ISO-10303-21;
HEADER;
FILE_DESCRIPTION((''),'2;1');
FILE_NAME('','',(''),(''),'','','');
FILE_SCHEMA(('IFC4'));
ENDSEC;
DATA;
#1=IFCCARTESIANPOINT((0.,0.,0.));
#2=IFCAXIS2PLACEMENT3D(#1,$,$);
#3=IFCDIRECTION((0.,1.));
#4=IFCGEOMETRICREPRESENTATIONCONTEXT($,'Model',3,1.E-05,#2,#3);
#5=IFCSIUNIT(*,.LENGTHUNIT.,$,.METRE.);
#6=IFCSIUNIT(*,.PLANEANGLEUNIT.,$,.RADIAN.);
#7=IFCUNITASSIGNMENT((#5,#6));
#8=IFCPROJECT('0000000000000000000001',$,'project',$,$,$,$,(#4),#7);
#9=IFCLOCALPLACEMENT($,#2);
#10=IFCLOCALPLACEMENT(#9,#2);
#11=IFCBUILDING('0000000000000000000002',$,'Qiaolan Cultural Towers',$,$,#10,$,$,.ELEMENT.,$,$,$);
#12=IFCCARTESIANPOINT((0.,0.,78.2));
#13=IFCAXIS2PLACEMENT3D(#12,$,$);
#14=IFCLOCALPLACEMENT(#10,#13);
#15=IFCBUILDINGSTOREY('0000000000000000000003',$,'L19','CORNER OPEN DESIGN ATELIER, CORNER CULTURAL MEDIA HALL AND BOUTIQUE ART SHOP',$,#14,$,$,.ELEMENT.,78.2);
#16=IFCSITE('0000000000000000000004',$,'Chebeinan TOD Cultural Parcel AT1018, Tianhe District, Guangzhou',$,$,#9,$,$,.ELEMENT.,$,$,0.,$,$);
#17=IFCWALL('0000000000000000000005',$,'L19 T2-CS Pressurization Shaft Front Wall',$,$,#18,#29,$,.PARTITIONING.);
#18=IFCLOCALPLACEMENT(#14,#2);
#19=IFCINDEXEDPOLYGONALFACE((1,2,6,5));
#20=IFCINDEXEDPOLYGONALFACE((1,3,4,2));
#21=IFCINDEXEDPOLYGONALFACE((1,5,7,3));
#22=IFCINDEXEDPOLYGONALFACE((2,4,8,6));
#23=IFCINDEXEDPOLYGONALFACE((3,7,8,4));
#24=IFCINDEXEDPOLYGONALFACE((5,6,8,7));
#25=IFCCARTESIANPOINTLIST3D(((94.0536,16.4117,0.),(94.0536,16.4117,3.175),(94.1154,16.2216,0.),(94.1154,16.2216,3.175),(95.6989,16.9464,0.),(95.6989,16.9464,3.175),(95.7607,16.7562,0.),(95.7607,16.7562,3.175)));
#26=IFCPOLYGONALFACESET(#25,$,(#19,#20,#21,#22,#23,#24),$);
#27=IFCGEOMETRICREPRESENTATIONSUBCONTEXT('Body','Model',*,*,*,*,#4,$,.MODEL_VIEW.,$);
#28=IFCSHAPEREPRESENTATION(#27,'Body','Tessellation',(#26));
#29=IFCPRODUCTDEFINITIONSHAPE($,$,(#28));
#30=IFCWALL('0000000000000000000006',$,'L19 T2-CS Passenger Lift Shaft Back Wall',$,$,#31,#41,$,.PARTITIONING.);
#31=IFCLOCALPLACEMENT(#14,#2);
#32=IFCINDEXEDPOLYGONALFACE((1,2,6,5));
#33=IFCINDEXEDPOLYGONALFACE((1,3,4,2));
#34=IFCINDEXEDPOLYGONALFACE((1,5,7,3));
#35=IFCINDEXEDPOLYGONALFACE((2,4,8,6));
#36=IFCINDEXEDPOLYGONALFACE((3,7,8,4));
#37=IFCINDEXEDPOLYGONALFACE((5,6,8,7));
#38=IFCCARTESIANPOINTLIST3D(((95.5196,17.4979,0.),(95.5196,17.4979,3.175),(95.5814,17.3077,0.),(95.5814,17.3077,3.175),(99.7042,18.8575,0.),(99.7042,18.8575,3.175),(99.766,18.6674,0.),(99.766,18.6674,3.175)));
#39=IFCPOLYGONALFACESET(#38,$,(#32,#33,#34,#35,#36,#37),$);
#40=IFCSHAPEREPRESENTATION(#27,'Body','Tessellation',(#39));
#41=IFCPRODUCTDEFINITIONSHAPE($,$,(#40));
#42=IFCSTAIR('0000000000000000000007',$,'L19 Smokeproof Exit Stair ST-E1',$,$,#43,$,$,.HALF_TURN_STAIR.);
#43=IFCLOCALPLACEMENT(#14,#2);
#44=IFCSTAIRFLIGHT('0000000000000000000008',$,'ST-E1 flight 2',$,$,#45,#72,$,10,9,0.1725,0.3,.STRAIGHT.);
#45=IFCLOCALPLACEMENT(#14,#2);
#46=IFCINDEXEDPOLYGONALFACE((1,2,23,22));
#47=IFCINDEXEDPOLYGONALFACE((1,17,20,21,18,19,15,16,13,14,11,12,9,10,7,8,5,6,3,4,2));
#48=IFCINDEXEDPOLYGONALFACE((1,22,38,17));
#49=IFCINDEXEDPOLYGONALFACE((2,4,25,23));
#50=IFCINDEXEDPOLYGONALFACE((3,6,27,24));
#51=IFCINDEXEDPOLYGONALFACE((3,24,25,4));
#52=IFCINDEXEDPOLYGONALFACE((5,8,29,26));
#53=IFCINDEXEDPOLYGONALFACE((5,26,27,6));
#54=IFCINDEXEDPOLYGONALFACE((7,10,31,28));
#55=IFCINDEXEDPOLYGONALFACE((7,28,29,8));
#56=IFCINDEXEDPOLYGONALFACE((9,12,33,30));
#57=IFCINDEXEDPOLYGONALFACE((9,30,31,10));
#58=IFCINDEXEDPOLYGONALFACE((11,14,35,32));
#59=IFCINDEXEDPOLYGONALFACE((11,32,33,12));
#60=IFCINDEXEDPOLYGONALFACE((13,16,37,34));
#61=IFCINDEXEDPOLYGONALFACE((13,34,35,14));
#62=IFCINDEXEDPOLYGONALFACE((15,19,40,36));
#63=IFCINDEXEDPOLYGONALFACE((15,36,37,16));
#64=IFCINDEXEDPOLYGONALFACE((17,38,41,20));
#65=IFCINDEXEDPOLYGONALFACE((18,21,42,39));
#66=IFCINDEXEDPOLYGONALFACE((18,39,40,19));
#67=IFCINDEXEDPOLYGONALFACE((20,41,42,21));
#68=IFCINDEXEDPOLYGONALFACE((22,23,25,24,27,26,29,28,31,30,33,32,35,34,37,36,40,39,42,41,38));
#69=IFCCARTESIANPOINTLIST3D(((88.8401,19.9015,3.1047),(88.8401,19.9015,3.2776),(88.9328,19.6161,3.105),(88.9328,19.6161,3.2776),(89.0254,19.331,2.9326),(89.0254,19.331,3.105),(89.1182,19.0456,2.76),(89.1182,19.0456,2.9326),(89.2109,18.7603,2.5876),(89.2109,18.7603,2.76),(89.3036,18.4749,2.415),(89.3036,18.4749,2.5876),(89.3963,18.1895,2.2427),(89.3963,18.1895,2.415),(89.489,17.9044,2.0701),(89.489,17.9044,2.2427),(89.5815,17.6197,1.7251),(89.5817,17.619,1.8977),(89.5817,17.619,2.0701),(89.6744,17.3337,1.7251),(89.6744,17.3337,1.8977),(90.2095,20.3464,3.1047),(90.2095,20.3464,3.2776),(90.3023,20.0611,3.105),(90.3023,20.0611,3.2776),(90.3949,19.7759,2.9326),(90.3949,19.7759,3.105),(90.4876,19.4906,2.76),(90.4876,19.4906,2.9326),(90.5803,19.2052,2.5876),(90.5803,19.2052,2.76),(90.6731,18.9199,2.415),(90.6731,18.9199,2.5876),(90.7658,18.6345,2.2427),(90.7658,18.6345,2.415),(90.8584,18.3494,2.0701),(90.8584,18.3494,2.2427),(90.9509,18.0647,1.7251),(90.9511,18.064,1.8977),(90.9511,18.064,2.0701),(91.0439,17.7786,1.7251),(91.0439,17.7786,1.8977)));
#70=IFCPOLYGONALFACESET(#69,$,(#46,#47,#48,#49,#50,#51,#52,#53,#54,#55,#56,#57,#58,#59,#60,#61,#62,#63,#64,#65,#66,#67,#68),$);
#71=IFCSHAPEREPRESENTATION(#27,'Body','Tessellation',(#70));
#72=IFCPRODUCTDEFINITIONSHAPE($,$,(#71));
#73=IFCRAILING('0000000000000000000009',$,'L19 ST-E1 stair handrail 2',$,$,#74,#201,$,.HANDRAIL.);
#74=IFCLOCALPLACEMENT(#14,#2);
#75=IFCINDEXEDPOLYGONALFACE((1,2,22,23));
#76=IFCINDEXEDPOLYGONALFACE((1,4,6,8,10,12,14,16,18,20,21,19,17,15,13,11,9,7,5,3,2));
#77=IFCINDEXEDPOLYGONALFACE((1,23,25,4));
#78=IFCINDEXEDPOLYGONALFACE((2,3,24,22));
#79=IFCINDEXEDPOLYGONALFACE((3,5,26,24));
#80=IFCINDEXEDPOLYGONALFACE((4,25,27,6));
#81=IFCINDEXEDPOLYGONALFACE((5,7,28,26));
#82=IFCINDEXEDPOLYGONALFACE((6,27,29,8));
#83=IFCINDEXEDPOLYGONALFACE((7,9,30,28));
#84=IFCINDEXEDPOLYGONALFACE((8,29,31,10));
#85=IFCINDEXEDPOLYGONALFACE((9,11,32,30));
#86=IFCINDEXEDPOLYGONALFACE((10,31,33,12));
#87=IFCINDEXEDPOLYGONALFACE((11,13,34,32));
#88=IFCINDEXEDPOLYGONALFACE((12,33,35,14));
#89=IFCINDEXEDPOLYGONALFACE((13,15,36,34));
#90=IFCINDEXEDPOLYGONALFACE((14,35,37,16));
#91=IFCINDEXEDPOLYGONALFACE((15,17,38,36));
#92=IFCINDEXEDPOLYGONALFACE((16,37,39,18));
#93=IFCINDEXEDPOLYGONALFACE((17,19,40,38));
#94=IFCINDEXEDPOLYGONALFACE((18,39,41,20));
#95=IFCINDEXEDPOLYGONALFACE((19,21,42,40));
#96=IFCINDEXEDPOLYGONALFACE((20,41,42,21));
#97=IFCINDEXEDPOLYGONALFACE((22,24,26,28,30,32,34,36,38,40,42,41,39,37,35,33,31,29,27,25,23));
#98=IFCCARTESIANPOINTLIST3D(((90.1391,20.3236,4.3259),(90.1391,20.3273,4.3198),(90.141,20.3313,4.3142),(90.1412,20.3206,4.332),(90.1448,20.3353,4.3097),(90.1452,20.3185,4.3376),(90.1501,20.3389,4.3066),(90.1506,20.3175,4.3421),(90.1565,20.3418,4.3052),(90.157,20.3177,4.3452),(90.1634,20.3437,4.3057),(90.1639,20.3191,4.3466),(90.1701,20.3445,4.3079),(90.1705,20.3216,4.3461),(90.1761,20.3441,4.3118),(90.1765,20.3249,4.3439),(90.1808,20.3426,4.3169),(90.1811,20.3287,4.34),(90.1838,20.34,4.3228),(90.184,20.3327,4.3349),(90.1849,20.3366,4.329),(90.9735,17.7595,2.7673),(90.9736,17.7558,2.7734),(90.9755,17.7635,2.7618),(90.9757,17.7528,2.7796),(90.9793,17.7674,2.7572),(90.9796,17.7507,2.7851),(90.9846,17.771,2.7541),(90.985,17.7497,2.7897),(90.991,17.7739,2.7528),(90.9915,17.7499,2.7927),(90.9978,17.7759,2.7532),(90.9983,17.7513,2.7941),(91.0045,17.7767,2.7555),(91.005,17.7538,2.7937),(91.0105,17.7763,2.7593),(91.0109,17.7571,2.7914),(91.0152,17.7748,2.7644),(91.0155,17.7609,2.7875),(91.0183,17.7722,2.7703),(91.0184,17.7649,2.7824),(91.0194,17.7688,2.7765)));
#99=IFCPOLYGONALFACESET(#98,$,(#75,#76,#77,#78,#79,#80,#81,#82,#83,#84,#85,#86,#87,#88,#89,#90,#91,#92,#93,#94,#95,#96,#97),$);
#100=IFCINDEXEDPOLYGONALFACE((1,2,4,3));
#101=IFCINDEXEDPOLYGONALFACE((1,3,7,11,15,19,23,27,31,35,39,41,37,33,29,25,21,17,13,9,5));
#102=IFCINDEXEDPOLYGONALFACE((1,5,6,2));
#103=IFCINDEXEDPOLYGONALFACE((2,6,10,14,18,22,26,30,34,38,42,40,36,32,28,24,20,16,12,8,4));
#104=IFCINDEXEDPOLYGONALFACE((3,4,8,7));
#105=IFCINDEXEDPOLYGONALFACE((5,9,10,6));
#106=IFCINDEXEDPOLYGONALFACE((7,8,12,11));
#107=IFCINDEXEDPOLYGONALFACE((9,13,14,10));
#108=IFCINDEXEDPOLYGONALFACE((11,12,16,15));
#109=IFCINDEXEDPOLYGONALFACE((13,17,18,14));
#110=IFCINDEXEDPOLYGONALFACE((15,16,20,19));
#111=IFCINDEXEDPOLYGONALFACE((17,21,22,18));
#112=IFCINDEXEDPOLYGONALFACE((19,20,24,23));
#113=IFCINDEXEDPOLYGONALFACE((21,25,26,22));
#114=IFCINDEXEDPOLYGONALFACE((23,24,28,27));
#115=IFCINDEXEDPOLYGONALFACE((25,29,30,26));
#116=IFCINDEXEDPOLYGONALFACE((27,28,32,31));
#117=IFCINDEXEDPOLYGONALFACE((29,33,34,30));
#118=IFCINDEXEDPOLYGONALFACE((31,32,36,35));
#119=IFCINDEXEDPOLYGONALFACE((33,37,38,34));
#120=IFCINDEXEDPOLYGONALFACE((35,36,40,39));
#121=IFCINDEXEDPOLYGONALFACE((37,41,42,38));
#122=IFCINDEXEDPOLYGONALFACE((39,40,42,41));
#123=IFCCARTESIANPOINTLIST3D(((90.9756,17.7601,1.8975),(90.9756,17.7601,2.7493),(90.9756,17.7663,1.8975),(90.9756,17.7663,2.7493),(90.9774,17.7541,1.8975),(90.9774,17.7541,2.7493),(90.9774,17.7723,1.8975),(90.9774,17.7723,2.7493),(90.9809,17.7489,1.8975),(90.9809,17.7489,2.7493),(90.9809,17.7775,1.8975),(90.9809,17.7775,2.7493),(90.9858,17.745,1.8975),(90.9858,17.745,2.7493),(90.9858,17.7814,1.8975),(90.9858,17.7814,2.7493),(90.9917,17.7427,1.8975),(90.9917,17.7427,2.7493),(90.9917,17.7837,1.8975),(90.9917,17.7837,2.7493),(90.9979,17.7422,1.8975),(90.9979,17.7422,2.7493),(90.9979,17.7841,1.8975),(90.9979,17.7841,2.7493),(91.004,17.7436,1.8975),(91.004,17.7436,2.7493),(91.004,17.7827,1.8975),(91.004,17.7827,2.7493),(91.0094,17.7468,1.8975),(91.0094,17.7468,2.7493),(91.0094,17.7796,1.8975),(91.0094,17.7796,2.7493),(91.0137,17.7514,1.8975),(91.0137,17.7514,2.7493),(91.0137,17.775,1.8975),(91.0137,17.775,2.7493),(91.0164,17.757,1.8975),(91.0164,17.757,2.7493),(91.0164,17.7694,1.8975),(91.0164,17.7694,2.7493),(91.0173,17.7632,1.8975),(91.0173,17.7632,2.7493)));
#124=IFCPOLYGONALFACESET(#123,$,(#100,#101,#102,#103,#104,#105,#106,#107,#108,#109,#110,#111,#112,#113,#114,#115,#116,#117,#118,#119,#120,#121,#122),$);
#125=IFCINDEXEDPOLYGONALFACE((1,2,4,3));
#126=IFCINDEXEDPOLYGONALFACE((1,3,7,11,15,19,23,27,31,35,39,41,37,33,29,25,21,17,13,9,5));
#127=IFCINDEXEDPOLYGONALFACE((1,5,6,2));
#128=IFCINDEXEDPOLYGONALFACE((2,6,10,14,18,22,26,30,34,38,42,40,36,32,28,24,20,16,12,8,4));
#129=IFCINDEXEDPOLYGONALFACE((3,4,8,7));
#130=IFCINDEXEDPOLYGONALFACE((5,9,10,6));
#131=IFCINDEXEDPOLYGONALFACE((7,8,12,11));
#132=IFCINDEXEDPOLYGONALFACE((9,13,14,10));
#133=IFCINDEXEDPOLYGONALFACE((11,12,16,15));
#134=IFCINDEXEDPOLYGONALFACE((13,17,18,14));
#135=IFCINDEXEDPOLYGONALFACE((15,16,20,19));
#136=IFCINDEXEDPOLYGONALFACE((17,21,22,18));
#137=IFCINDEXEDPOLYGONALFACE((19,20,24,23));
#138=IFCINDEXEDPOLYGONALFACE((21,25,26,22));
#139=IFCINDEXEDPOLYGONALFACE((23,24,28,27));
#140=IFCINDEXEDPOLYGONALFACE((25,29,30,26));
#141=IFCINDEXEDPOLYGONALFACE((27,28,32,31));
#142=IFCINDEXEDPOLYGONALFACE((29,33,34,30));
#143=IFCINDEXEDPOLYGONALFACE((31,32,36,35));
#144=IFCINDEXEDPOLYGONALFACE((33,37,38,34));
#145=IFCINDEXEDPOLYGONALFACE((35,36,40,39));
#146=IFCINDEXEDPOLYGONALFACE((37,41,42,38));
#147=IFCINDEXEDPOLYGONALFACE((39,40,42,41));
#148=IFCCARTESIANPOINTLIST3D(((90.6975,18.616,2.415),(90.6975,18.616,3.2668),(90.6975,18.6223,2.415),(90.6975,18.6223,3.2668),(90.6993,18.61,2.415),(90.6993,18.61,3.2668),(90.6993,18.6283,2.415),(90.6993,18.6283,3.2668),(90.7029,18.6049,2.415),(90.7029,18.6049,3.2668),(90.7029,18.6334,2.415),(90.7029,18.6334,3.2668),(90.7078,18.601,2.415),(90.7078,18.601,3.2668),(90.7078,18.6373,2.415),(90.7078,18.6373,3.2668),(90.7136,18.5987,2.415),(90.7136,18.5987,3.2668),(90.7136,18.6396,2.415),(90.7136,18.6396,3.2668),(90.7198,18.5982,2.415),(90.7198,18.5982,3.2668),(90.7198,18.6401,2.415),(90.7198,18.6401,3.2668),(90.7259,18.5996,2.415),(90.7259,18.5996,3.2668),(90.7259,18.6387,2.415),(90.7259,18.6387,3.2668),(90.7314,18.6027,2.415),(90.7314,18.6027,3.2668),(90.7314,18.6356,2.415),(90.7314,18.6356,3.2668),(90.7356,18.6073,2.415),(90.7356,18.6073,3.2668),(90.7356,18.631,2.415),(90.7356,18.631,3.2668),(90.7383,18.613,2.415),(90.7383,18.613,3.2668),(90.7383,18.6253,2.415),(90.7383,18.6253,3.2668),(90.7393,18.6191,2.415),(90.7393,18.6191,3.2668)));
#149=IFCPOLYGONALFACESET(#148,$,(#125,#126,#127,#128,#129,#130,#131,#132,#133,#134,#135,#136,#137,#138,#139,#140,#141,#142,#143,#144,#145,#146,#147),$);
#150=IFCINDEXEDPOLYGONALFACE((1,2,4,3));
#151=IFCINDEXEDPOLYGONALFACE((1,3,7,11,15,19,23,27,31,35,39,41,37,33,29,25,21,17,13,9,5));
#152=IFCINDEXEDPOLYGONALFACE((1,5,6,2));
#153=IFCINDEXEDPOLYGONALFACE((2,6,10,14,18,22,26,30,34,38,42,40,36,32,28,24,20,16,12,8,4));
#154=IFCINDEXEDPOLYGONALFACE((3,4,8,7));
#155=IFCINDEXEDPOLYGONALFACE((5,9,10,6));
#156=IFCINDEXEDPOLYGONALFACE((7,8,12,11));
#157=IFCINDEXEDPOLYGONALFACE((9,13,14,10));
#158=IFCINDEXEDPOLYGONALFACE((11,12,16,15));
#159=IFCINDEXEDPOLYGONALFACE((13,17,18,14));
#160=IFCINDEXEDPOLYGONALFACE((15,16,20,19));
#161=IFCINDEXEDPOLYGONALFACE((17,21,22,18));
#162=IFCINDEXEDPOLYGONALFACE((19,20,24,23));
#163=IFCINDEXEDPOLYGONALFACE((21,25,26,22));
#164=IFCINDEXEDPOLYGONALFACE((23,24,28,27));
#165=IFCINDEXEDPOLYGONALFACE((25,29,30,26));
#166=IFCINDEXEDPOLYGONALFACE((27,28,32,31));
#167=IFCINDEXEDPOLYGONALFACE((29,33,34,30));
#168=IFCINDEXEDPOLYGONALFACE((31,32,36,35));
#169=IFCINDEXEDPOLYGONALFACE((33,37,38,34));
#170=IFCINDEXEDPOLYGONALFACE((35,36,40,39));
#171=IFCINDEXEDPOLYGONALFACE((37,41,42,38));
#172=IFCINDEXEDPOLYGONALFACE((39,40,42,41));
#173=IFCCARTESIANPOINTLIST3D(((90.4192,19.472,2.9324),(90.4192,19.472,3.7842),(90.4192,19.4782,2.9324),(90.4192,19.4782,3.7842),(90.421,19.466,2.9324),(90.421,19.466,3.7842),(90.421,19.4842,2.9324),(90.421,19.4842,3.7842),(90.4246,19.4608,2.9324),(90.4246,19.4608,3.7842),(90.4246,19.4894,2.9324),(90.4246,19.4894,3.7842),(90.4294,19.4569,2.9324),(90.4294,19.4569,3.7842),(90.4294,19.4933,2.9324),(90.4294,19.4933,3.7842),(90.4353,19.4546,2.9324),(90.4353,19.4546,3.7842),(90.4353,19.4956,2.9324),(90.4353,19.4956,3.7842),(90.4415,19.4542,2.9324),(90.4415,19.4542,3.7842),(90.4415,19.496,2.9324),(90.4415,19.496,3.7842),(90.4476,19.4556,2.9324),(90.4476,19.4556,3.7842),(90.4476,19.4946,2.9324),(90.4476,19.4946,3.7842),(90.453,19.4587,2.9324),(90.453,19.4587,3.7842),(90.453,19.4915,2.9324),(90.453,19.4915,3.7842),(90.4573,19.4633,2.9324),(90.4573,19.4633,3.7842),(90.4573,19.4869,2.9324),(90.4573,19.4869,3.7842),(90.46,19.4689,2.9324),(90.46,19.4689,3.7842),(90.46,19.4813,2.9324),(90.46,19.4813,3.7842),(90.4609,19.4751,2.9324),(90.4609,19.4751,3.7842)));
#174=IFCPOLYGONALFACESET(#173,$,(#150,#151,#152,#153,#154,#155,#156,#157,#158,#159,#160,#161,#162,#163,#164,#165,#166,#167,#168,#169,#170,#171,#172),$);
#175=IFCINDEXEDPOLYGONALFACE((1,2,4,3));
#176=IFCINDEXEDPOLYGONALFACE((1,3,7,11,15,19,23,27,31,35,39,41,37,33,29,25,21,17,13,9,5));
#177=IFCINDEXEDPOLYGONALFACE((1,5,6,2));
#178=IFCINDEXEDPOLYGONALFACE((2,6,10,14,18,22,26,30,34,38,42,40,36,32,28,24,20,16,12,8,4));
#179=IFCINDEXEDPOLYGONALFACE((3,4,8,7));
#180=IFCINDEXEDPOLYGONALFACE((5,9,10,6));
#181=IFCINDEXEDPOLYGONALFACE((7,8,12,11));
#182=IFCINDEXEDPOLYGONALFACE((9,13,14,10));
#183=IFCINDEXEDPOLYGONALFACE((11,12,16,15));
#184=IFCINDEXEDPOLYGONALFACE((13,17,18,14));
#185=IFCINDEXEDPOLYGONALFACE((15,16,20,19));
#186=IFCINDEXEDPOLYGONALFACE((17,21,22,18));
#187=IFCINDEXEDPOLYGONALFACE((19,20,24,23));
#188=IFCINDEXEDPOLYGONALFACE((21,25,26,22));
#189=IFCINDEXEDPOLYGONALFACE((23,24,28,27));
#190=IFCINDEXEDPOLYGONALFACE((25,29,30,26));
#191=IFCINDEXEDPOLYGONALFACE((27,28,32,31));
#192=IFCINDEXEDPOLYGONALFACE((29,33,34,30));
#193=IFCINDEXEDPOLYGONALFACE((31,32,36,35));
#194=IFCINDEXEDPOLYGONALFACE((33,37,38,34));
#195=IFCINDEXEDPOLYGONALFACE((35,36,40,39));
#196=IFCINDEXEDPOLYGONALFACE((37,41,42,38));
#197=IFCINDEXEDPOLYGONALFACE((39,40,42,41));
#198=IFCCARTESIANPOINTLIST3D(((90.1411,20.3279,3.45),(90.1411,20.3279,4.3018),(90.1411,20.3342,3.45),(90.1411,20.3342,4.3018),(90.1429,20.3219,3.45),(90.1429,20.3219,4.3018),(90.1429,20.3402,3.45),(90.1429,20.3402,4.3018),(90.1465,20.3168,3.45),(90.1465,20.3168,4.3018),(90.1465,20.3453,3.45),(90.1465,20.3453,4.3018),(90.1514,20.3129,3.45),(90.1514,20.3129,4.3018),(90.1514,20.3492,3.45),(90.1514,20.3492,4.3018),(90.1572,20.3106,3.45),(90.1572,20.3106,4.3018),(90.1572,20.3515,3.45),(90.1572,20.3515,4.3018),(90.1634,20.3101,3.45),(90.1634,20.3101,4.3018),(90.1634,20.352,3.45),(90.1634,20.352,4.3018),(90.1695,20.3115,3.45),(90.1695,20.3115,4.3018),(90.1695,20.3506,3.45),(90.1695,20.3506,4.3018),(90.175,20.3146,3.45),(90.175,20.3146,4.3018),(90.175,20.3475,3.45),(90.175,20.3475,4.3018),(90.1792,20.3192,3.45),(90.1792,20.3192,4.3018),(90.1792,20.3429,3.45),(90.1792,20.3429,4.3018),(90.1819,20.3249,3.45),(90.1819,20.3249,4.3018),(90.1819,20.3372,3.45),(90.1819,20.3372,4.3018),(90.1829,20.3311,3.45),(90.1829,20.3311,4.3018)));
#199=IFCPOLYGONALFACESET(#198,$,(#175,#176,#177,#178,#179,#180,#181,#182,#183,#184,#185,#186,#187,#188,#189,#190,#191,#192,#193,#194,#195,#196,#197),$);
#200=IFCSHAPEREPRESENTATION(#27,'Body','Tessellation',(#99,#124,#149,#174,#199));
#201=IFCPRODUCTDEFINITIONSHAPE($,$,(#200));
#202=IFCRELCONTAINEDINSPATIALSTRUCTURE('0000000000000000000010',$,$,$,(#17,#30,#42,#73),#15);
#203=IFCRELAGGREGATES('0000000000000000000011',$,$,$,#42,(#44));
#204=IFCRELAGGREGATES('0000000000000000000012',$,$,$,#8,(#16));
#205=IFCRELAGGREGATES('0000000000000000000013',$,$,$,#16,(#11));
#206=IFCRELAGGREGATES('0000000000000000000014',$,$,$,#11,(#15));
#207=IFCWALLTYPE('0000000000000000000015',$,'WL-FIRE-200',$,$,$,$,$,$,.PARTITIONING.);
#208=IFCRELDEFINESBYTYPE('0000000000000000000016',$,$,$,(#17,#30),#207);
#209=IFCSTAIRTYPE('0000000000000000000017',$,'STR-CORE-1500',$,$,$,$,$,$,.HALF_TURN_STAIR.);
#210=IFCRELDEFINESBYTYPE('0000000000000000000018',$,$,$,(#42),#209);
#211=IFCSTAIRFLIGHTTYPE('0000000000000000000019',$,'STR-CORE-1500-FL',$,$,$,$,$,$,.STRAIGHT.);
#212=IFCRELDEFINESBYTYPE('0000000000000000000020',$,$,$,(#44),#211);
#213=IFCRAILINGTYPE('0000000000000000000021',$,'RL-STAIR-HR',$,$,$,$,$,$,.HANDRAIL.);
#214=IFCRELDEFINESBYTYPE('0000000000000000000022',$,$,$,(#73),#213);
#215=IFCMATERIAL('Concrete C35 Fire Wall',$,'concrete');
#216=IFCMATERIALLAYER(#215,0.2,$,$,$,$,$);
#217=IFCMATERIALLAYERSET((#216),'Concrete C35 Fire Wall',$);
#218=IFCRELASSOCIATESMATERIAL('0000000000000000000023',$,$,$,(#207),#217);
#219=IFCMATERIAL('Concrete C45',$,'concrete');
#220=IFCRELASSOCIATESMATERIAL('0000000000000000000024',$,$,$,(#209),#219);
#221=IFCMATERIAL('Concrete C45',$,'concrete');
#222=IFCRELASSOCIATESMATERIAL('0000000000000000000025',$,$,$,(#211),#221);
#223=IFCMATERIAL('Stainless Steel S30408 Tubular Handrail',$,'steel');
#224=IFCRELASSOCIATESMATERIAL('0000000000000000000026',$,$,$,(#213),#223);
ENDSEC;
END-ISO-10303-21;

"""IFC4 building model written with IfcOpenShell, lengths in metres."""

from ifc_helpers import new_model, si_unit, direction, frame, frame_2d, origin, origin_2d, place, context, subcontext, project, spatial, polyline, rectangle, circle, outline, extrude, material, layer, layer_set, type_object, element, aggregate, save


model = new_model("IFC4")

# Units and contexts
model_context = context("Model", 3, precision=1e-05, world=origin(), true_north=direction((0.0, 1.0)))
body_context = subcontext(model_context, "Body", "Model", "MODEL_VIEW")
ifc_project = project(units=[si_unit("LENGTHUNIT", "METRE"), si_unit("PLANEANGLEUNIT", "RADIAN")], contexts=[model_context])

# Site, building, storey
site_placement = place(None, origin())
site = spatial("IfcSite", under=ifc_project, at=site_placement, Name="Chebeinan TOD Cultural Parcel AT1018, Tianhe District, Guangzhou", CompositionType="ELEMENT", RefElevation=0.0)
building_placement = place(site_placement, origin())
building = spatial("IfcBuilding", under=site, at=building_placement, Name="Qiaolan Cultural Towers", CompositionType="ELEMENT")
storey_placement = place(building_placement, frame((0.0, 0.0, 78.2)))
storey = spatial("IfcBuildingStorey", under=building, at=storey_placement, Name="L19", Description="CORNER OPEN DESIGN ATELIER, CORNER CULTURAL MEDIA HALL AND BOUTIQUE ART SHOP", CompositionType="ELEMENT", Elevation=78.2)

# Shared definitions
ifc_material_1 = material(Name="Concrete C35 Fire Wall", Category="concrete")
ifc_layer_1 = layer(ifc_material_1, 0.2)
ifc_layer_set_1 = layer_set([ifc_layer_1], Name="Concrete C35 Fire Wall")
wall_type = type_object("IfcWallType", Name="WL-FIRE-200", PredefinedType="PARTITIONING", material=ifc_layer_set_1)

# Walls
wall_1_placement = place(storey_placement, frame((94.0845, 16.3167, 0.0), z_axis=(0.0, 0.0, 1.0), x_axis=(0.951041, 0.309064, 0.0)))
element("IfcWall", 1, at=wall_1_placement, inside=storey, type_object=wall_type, Name="L19 T2-CS Pressurization Shaft Front Wall", PredefinedType="PARTITIONING", context=body_context, shape_type="SweptSolid", body=[
    extrude(rectangle(XDim=1.73, YDim=0.2, at=frame_2d((0.865, 0.0))), origin(), (0.0, 0.0, 1.0), 3.175),
])
wall_2_placement = place(storey_placement, frame((95.5505, 17.4028, 0.0), z_axis=(0.0, 0.0, 1.0), x_axis=(0.951059, 0.309011, 0.0)))
element("IfcWall", 2, at=wall_2_placement, inside=storey, type_object=wall_type, Name="L19 T2-CS Passenger Lift Shaft Back Wall", PredefinedType="PARTITIONING", context=body_context, shape_type="SweptSolid", body=[
    extrude(rectangle(XDim=4.3999, YDim=0.2, at=frame_2d((2.2, 0.0))), origin(), (0.0, 0.0, 1.0), 3.175),
])

# Stair, stair flight
ifc_material_2 = material(Name="Concrete C45", Category="concrete")
stair_type = type_object("IfcStairType", Name="STR-CORE-1500", PredefinedType="HALF_TURN_STAIR", material=ifc_material_2)
stair_placement = place(storey_placement, origin())
stair = element("IfcStair", 3, at=stair_placement, inside=storey, type_object=stair_type, Name="L19 Smokeproof Exit Stair ST-E1", PredefinedType="HALF_TURN_STAIR")
ifc_material_3 = material(Name="Concrete C45", Category="concrete")
stair_flight_type = type_object("IfcStairFlightType", Name="STR-CORE-1500-FL", PredefinedType="STRAIGHT", material=ifc_material_3)
stair_flight_placement = place(storey_placement, frame((90.3591, 17.5562, 1.7251), z_axis=(0.0, 0.0, 1.0), x_axis=(-0.309017, 0.951057, 0.0)))
stair_flight = element("IfcStairFlight", 4, at=stair_flight_placement, type_object=stair_flight_type, Name="ST-E1 flight 2", NumberOfRisers=10, NumberOfTreads=9, PredefinedType="STRAIGHT", RiserHeight=0.1725, TreadLength=0.3, context=body_context, shape_type="SweptSolid", body=[
    extrude(outline(polyline([(0.0, 0.0), (0.0, 0.1726), (0.3, 0.1726), (0.3, 0.345), (0.6001, 0.345), (0.6001, 0.5176), (0.8999, 0.5176), (0.8999, 0.6899), (1.2, 0.6899), (1.2, 0.8625), (1.5, 0.8625), (1.5, 1.0349), (1.8, 1.0349), (1.8, 1.2075), (2.1001, 1.2075), (2.1001, 1.3799), (2.3999, 1.3799), (2.3999, 1.5525), (2.7, 1.5525), (2.7, 1.7251), (2.7, 1.3796), (0.3008, 0.0), (0.0, 0.0)])), frame((0.0, 0.72, 0.0), z_axis=(0.0, -1.0, 0.0), x_axis=(1.0, 0.0, 0.0)), (0.0, 0.0, 1.0), 1.4399),
])
aggregate(stair, [stair_flight])

# Railing
ifc_material_4 = material(Name="Stainless Steel S30408 Tubular Handrail", Category="steel")
railing_type = type_object("IfcRailingType", Name="RL-STAIR-HR", PredefinedType="HANDRAIL", material=ifc_material_4)
railing_placement = place(storey_placement, frame((90.9963, 17.7632, 1.8975)))
element("IfcRailing", 5, at=railing_placement, inside=storey, type_object=railing_type, Name="L19 ST-E1 stair handrail 2", PredefinedType="HANDRAIL", context=body_context, shape_type="SweptSolid", body=[
    extrude(circle(Radius=0.0239, at=origin_2d()), frame((0.0, 0.0, 0.876), z_axis=(-0.267926, 0.824471, 0.498461), x_axis=(-0.951043, -0.309057, 0.0)), (0.0, 0.0, 1.0), 3.1145),
    extrude(circle(Radius=0.021, at=origin_2d()), origin(), (0.0, 0.0, 1.0), 0.8518),
    extrude(circle(Radius=0.021, at=origin_2d()), frame((-0.2781, 0.856, 0.5176)), (0.0, 0.0, 1.0), 0.8518),
    extrude(circle(Radius=0.021, at=origin_2d()), frame((-0.5564, 1.7119, 1.0349)), (0.0, 0.0, 1.0), 0.8518),
    extrude(circle(Radius=0.021, at=origin_2d()), frame((-0.8345, 2.5679, 1.5525)), (0.0, 0.0, 1.0), 0.8518),
])

save(model, "model.ifc")
